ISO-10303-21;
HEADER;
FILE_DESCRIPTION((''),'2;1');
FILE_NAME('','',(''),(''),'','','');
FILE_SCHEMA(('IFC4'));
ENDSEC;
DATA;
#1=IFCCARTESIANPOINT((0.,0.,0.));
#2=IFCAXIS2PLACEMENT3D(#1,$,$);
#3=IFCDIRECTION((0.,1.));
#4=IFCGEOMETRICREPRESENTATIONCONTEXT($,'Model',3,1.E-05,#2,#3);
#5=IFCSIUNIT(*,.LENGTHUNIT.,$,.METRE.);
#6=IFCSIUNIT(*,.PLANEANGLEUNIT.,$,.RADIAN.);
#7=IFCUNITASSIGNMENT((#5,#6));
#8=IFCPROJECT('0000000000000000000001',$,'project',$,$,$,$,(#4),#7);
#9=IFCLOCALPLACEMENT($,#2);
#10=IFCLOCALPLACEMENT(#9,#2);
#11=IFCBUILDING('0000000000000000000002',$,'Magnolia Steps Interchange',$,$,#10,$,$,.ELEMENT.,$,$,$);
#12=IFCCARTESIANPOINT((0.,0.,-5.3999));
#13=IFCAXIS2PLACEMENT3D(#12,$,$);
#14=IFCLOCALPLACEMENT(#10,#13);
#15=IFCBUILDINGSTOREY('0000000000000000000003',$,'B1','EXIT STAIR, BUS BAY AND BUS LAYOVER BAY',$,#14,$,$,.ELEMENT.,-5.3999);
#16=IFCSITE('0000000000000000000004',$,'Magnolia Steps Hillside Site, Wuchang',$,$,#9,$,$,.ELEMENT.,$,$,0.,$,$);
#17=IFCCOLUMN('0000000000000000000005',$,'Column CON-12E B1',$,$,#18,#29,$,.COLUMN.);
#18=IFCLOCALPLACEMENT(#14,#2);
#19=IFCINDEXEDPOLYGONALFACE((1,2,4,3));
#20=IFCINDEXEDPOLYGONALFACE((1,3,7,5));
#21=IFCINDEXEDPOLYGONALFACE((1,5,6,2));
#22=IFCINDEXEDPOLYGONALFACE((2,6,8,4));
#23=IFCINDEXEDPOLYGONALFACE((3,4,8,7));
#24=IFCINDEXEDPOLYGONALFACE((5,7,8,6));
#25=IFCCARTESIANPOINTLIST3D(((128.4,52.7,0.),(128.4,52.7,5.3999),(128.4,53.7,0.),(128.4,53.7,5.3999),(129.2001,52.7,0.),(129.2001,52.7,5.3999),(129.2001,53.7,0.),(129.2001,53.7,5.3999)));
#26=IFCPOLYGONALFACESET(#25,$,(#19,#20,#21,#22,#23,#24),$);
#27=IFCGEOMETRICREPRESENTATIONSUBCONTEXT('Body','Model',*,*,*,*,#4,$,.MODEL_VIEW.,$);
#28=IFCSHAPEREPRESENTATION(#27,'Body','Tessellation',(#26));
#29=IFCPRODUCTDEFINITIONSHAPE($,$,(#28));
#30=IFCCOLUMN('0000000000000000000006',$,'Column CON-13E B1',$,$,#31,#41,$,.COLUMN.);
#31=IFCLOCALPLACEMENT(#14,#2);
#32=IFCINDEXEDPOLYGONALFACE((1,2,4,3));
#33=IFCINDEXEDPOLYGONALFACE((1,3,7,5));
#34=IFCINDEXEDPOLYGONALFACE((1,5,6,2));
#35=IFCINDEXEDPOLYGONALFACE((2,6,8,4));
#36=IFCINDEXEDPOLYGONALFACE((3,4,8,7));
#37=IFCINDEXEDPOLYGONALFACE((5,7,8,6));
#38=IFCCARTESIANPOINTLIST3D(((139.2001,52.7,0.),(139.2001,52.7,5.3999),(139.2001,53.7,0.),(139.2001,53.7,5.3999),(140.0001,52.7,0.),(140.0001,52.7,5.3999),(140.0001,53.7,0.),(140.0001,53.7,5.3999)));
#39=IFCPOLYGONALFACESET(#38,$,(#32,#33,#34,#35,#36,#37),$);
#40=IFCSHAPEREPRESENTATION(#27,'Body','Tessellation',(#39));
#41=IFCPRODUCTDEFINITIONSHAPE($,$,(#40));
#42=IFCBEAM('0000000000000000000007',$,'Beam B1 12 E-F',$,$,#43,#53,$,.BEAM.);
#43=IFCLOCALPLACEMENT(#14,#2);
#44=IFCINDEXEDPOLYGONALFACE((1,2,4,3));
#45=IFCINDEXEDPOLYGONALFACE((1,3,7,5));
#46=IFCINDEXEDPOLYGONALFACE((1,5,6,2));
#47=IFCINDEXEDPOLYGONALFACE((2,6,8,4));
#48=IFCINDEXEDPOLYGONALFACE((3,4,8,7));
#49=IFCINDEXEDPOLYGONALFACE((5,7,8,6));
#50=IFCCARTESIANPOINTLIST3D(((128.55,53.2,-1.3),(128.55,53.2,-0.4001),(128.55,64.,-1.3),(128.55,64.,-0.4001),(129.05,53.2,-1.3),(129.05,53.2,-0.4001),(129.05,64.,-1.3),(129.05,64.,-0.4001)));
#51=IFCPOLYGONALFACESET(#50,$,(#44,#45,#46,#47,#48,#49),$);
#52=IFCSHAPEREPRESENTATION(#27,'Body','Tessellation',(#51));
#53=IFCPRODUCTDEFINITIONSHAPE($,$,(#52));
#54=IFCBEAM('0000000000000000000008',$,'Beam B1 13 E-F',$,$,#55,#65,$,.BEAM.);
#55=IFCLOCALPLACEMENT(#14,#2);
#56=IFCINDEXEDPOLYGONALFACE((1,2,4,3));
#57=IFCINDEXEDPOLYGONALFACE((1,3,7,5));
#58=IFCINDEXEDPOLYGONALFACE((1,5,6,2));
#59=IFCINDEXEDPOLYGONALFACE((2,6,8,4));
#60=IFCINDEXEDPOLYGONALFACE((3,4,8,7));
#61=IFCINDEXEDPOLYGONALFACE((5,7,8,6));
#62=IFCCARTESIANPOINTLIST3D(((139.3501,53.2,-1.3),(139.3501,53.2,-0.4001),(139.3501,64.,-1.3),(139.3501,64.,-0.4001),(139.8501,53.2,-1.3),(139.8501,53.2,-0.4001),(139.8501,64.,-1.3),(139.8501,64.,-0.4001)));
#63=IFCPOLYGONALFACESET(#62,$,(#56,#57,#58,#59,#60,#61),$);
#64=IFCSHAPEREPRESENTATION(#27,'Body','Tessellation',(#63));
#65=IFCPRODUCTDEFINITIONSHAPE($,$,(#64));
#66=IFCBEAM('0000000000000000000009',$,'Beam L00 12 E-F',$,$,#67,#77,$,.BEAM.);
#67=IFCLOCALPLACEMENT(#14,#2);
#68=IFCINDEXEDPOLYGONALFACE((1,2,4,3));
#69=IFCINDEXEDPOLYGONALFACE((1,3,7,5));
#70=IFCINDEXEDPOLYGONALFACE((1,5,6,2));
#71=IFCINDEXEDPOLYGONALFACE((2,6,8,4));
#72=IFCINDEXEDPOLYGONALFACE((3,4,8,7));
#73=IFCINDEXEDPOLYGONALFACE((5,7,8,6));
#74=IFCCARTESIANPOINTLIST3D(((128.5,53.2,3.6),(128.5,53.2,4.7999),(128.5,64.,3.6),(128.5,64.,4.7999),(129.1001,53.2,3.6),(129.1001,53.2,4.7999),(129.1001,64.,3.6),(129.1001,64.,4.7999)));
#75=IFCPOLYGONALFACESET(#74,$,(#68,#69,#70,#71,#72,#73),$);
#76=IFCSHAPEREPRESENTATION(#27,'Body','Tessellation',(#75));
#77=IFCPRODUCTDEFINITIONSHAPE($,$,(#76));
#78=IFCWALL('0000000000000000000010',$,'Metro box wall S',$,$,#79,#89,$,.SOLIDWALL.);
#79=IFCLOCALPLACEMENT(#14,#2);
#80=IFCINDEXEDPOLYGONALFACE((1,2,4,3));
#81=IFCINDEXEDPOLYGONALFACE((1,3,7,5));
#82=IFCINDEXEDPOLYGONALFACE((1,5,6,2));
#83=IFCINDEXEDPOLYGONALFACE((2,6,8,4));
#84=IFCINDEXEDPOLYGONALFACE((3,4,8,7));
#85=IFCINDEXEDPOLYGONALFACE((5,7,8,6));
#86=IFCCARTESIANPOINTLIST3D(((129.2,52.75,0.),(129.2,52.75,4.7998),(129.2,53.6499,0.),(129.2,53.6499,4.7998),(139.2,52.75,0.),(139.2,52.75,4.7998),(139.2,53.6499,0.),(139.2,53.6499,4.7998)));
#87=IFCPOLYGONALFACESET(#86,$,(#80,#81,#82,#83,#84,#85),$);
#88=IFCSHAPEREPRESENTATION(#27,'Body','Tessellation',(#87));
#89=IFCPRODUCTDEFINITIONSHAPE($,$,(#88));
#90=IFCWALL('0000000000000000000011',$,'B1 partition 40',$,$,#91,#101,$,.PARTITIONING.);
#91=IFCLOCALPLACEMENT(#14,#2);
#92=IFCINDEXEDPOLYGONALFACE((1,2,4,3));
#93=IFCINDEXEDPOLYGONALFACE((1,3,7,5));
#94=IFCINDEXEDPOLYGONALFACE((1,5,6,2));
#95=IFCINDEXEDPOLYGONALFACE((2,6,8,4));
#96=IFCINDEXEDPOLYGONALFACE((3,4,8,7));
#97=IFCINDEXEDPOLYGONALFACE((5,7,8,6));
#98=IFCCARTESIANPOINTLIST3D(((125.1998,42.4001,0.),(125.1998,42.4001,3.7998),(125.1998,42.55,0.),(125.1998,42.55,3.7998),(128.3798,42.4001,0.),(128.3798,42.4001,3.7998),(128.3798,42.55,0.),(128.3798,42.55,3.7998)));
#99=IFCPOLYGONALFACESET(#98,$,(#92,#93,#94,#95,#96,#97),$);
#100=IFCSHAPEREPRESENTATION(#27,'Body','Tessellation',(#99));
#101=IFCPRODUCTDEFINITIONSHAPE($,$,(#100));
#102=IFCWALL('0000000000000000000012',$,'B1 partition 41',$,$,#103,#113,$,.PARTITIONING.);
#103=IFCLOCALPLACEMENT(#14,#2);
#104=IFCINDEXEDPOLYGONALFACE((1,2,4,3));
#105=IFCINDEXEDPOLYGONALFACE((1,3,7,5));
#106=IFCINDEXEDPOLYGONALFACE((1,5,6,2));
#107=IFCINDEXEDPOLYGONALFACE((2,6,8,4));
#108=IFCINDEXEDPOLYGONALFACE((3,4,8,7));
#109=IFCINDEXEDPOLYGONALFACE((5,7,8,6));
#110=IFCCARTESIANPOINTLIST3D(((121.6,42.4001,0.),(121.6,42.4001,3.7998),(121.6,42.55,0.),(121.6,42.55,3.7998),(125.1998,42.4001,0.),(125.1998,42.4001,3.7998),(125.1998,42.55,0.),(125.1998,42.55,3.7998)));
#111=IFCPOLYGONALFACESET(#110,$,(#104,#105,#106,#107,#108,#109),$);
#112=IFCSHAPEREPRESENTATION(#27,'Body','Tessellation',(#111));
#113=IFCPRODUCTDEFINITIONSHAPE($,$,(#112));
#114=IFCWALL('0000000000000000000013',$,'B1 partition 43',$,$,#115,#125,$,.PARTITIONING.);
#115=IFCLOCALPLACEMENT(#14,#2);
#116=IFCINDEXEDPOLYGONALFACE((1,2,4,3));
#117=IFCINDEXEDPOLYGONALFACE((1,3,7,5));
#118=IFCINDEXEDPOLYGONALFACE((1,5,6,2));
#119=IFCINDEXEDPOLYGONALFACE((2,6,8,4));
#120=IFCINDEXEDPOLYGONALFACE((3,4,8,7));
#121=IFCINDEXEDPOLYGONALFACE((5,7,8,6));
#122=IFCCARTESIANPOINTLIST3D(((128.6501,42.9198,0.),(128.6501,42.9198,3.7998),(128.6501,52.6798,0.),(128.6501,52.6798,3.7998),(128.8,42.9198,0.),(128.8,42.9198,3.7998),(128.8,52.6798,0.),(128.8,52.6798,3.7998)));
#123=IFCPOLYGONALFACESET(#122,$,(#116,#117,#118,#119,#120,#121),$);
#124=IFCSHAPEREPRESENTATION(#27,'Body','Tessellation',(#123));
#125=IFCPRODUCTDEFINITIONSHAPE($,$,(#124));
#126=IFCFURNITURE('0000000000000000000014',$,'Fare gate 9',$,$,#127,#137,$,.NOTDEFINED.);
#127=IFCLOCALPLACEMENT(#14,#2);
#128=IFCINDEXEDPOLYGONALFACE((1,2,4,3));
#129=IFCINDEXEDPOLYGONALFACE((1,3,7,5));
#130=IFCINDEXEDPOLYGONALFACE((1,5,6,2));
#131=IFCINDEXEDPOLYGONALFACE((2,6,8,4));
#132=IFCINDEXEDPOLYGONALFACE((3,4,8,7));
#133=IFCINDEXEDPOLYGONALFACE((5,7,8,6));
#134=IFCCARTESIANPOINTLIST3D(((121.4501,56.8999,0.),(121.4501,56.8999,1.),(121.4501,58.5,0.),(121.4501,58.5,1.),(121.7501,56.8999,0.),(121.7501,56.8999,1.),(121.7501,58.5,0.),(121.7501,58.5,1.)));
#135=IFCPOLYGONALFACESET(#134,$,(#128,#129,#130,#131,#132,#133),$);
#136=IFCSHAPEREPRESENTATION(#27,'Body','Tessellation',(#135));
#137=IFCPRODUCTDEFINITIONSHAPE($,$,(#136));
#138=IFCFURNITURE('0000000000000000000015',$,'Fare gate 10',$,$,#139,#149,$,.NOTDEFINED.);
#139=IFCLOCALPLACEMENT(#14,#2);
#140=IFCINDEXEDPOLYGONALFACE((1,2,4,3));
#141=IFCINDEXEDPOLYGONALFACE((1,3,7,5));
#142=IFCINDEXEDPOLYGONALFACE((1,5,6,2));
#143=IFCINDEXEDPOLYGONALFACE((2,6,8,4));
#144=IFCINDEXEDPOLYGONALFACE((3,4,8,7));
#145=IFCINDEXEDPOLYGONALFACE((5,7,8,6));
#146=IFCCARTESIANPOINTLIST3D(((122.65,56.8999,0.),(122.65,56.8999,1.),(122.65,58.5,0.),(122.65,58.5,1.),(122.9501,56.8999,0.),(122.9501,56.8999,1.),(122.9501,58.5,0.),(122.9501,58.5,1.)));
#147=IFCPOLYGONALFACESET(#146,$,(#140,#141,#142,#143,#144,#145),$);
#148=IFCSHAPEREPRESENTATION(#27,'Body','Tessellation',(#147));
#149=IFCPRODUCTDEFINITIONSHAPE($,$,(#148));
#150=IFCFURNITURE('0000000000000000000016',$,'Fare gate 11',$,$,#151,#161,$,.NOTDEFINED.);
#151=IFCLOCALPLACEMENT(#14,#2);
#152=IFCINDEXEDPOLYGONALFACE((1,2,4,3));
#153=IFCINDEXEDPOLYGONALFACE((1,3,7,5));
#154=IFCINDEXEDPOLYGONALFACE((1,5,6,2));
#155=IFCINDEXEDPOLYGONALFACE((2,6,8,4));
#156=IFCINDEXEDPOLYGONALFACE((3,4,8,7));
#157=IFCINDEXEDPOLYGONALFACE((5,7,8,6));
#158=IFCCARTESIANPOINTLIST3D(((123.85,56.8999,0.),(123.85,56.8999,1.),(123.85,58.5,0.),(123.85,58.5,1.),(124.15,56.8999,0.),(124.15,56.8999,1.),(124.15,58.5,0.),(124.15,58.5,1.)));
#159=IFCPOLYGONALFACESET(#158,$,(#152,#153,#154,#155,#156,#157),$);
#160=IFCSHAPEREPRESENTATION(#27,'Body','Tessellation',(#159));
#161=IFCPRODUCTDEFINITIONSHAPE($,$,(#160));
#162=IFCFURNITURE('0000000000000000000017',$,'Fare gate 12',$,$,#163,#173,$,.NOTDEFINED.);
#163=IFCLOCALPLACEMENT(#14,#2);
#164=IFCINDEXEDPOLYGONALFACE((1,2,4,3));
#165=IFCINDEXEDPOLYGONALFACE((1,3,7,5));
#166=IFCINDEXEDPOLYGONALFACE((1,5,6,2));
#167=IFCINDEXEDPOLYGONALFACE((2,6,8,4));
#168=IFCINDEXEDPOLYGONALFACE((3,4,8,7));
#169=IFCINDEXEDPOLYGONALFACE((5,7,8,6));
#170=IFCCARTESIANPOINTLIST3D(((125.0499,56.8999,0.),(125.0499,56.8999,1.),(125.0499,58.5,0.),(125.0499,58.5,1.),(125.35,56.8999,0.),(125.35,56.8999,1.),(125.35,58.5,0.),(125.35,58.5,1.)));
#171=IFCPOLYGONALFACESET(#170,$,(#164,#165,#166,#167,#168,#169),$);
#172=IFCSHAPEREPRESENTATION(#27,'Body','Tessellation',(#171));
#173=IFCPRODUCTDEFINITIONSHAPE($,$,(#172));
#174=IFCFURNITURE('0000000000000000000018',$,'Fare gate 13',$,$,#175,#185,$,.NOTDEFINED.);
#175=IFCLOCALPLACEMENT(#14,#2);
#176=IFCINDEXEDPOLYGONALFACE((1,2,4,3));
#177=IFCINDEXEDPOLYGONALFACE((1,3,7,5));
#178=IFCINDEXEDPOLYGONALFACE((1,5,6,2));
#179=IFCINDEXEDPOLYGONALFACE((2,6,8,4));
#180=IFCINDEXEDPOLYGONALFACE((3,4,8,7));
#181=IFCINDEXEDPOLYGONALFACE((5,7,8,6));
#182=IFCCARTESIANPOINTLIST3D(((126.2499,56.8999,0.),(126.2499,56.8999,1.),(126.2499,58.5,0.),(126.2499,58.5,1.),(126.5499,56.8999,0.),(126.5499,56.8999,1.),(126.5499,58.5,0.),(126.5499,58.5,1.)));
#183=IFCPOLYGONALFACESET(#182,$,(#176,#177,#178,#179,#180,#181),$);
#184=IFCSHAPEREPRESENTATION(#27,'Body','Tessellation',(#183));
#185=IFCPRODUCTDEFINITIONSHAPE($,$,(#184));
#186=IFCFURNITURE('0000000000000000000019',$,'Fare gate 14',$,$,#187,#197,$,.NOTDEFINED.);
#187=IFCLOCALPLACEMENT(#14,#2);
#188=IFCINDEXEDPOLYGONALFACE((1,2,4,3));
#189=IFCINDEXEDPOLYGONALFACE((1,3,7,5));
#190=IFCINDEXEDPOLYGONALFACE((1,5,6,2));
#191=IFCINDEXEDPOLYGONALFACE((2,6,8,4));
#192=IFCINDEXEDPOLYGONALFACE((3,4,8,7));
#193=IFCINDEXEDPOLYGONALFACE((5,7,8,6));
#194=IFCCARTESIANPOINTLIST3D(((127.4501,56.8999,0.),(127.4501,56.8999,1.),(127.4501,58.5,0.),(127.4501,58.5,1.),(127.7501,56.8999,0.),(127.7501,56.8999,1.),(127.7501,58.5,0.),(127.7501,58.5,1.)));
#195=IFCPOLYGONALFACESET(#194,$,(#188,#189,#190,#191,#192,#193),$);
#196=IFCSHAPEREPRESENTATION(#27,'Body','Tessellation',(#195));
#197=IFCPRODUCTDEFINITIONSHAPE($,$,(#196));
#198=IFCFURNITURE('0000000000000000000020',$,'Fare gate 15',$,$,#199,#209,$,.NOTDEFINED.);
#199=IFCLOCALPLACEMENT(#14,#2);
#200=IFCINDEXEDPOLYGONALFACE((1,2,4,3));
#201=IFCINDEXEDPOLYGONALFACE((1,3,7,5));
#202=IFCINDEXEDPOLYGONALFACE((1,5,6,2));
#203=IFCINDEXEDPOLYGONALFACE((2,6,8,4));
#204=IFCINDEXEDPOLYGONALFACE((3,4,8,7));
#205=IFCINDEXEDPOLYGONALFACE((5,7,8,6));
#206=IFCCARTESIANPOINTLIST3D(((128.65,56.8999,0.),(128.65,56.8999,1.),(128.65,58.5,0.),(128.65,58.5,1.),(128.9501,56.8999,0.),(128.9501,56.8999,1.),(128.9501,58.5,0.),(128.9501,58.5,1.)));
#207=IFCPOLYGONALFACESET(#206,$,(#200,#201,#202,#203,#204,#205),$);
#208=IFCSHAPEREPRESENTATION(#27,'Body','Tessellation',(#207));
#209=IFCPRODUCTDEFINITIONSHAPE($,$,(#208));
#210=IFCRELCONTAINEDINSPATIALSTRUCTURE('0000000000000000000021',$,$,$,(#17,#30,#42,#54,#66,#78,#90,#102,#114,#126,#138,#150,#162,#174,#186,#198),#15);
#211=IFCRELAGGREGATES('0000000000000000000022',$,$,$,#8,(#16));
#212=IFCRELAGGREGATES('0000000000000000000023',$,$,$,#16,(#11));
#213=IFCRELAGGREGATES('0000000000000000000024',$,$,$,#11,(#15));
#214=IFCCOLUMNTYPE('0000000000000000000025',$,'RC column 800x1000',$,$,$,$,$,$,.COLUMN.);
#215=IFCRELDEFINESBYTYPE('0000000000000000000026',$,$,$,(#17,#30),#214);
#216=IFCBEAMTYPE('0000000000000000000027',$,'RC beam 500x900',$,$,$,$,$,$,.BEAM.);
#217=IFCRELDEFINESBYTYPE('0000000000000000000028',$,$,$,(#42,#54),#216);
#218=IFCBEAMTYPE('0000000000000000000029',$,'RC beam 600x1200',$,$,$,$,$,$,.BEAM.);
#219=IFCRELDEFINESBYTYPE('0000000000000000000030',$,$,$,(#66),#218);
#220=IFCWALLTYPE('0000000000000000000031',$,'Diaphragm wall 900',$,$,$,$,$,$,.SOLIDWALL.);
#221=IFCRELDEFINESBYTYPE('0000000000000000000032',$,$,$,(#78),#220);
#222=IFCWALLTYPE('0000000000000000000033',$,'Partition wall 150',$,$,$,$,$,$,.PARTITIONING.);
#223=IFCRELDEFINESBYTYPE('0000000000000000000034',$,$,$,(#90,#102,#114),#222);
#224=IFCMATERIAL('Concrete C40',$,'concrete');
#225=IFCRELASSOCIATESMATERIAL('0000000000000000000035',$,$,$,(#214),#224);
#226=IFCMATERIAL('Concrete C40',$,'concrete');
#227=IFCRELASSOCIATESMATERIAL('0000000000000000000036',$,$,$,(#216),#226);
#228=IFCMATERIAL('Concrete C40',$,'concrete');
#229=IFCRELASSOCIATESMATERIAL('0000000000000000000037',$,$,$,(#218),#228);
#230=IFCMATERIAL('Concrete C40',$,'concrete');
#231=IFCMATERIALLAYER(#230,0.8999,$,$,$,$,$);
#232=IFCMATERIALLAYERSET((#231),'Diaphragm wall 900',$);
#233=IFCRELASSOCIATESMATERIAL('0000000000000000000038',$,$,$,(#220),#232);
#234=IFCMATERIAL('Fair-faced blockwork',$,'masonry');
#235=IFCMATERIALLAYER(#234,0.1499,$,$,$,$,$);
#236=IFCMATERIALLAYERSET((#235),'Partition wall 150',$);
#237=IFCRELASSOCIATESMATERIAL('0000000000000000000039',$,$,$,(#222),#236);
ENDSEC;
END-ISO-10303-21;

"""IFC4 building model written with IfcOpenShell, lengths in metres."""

from ifc_helpers import new_model, si_unit, direction, frame, frame_2d, origin, origin_2d, place, context, subcontext, project, spatial, rectangle, extrude, material, layer, layer_set, material_profile, profile_set, type_object, element, save


model = new_model("IFC4")

# Units and contexts
model_context = context("Model", 3, precision=1e-05, world=origin(), true_north=direction((0.0, 1.0)))
body_context = subcontext(model_context, "Body", "Model", "MODEL_VIEW")
ifc_project = project(units=[si_unit("LENGTHUNIT", "METRE"), si_unit("PLANEANGLEUNIT", "RADIAN")], contexts=[model_context])

# Site, building, storey
site_placement = place(None, origin())
site = spatial("IfcSite", under=ifc_project, at=site_placement, Name="Magnolia Steps Hillside Site, Wuchang", CompositionType="ELEMENT", RefElevation=0.0)
building_placement = place(site_placement, origin())
building = spatial("IfcBuilding", under=site, at=building_placement, Name="Magnolia Steps Interchange", CompositionType="ELEMENT")
storey_placement = place(building_placement, frame((0.0, 0.0, -5.3999)))
storey = spatial("IfcBuildingStorey", under=building, at=storey_placement, Name="B1", Description="EXIT STAIR, BUS BAY AND BUS LAYOVER BAY", CompositionType="ELEMENT", Elevation=-5.3999)

# Columns
ifc_material_1 = material(Name="Concrete C40", Category="concrete")
ifc_material_profile_1 = material_profile(ifc_material_1, rectangle(XDim=0.8, YDim=1.0, at=origin_2d()), Name="RC800x1000")
ifc_profile_set_1 = profile_set([ifc_material_profile_1], Name="Concrete C40")
column_type = type_object("IfcColumnType", Name="RC column 800x1000", PredefinedType="COLUMN", material=ifc_profile_set_1)
for number, where, z_axis, x_axis, name in (
    (1, (128.8, 53.2, 0.0), (0.0, 0.0, 1.0), (1.0, 0.0, 0.0), "Column CON-12E B1"),
    (2, (139.6001, 53.2, 0.0), (0.0, 0.0, 1.0), (1.0, 0.0, 0.0), "Column CON-13E B1"),
):
    element("IfcColumn", number, at=place(storey_placement, frame(where, z_axis=z_axis, x_axis=x_axis)), inside=storey, type_object=column_type, Name=name, PredefinedType="COLUMN", context=body_context, shape_type="SweptSolid", body=[
        extrude(rectangle(XDim=0.8, YDim=1.0, at=origin_2d()), origin(), (0.0, 0.0, 1.0), 5.3999),
    ])

# Beams
ifc_material_2 = material(Name="Concrete C40", Category="concrete")
ifc_material_profile_2 = material_profile(ifc_material_2, rectangle(XDim=0.5, YDim=0.8999, at=origin_2d()), Name="RC500x900")
ifc_profile_set_2 = profile_set([ifc_material_profile_2], Name="Concrete C40")
beam_type_1 = type_object("IfcBeamType", Name="RC beam 500x900", PredefinedType="BEAM", material=ifc_profile_set_2)
for number, where, z_axis, x_axis, name in (
    (3, (128.8, 53.2, -0.8501), (0.0, 1.0, 0.0), (-1.0, 0.0, 0.0), "Beam B1 12 E-F"),
    (4, (139.6001, 53.2, -0.8501), (0.0, 1.0, 0.0), (-1.0, 0.0, 0.0), "Beam B1 13 E-F"),
):
    element("IfcBeam", number, at=place(storey_placement, frame(where, z_axis=z_axis, x_axis=x_axis)), inside=storey, type_object=beam_type_1, Name=name, PredefinedType="BEAM", context=body_context, shape_type="SweptSolid", body=[
        extrude(rectangle(XDim=0.5, YDim=0.8999, at=origin_2d()), origin(), (0.0, 0.0, 1.0), 10.8),
    ])
ifc_material_3 = material(Name="Concrete C40", Category="concrete")
ifc_material_profile_3 = material_profile(ifc_material_3, rectangle(XDim=0.6001, YDim=1.2, at=origin_2d()), Name="RC600x1200")
ifc_profile_set_3 = profile_set([ifc_material_profile_3], Name="Concrete C40")
beam_type_2 = type_object("IfcBeamType", Name="RC beam 600x1200", PredefinedType="BEAM", material=ifc_profile_set_3)
beam_placement = place(storey_placement, frame((128.8, 53.2, 4.2), z_axis=(0.0, 1.0, 0.0), x_axis=(-1.0, 0.0, 0.0)))
element("IfcBeam", 5, at=beam_placement, inside=storey, type_object=beam_type_2, Name="Beam L00 12 E-F", PredefinedType="BEAM", context=body_context, shape_type="SweptSolid", body=[
    extrude(rectangle(XDim=0.6001, YDim=1.2, at=origin_2d()), origin(), (0.0, 0.0, 1.0), 10.8),
])

# Walls
ifc_material_4 = material(Name="Concrete C40", Category="concrete")
ifc_layer_1 = layer(ifc_material_4, 0.8999)
ifc_layer_set_1 = layer_set([ifc_layer_1], Name="Diaphragm wall 900")
wall_type_1 = type_object("IfcWallType", Name="Diaphragm wall 900", PredefinedType="SOLIDWALL", material=ifc_layer_set_1)
wall_1_placement = place(storey_placement, frame((129.2, 53.2, 0.0), z_axis=(0.0, 0.0, 1.0), x_axis=(1.0, 0.0, 0.0)))
element("IfcWall", 6, at=wall_1_placement, inside=storey, type_object=wall_type_1, Name="Metro box wall S", PredefinedType="SOLIDWALL", context=body_context, shape_type="SweptSolid", body=[
    extrude(rectangle(XDim=10.0, YDim=0.8999, at=frame_2d((5.0, 0.0))), origin(), (0.0, 0.0, 1.0), 4.7998),
])
ifc_material_5 = material(Name="Fair-faced blockwork", Category="masonry")
ifc_layer_2 = layer(ifc_material_5, 0.1499)
ifc_layer_set_2 = layer_set([ifc_layer_2], Name="Partition wall 150")
wall_type_2 = type_object("IfcWallType", Name="Partition wall 150", PredefinedType="PARTITIONING", material=ifc_layer_set_2)
wall_2_placement = place(storey_placement, frame((125.2, 42.4751, 0.0), z_axis=(0.0, 0.0, 1.0), x_axis=(1.0, 0.0, 0.0)))
element("IfcWall", 7, at=wall_2_placement, inside=storey, type_object=wall_type_2, Name="B1 partition 40", PredefinedType="PARTITIONING", context=body_context, shape_type="SweptSolid", body=[
    extrude(rectangle(XDim=3.1799, YDim=0.1499, at=frame_2d((1.5898, 0.0))), origin(), (0.0, 0.0, 1.0), 3.7998),
])
wall_3_placement = place(storey_placement, frame((121.6001, 42.4751, 0.0), z_axis=(0.0, 0.0, 1.0), x_axis=(1.0, 0.0, 0.0)))
element("IfcWall", 8, at=wall_3_placement, inside=storey, type_object=wall_type_2, Name="B1 partition 41", PredefinedType="PARTITIONING", context=body_context, shape_type="SweptSolid", body=[
    extrude(rectangle(XDim=3.5999, YDim=0.1499, at=frame_2d((1.7998, 0.0))), origin(), (0.0, 0.0, 1.0), 3.7998),
])
wall_4_placement = place(storey_placement, frame((128.7251, 42.9199, 0.0), z_axis=(0.0, 0.0, 1.0), x_axis=(0.0, 1.0, 0.0)))
element("IfcWall", 9, at=wall_4_placement, inside=storey, type_object=wall_type_2, Name="B1 partition 43", PredefinedType="PARTITIONING", context=body_context, shape_type="SweptSolid", body=[
    extrude(rectangle(XDim=9.76, YDim=0.1499, at=frame_2d((4.8799, 0.0))), origin(), (0.0, 0.0, 1.0), 3.7998),
])

# Furniture
for number, where, z_axis, x_axis, name in (
    (10, (121.6001, 57.7, 0.0), (0.0, 0.0, 1.0), (1.0, 0.0, 0.0), "Fare gate 9"),
    (11, (122.8, 57.7, 0.0), (0.0, 0.0, 1.0), (1.0, 0.0, 0.0), "Fare gate 10"),
    (12, (124.0, 57.7, 0.0), (0.0, 0.0, 1.0), (1.0, 0.0, 0.0), "Fare gate 11"),
    (13, (125.2, 57.7, 0.0), (0.0, 0.0, 1.0), (1.0, 0.0, 0.0), "Fare gate 12"),
    (14, (126.3999, 57.7, 0.0), (0.0, 0.0, 1.0), (1.0, 0.0, 0.0), "Fare gate 13"),
    (15, (127.6001, 57.7, 0.0), (0.0, 0.0, 1.0), (1.0, 0.0, 0.0), "Fare gate 14"),
    (16, (128.8, 57.7, 0.0), (0.0, 0.0, 1.0), (1.0, 0.0, 0.0), "Fare gate 15"),
):
    element("IfcFurniture", number, at=place(storey_placement, frame(where, z_axis=z_axis, x_axis=x_axis)), inside=storey, Name=name, PredefinedType="NOTDEFINED", context=body_context, shape_type="SweptSolid", body=[
        extrude(rectangle(XDim=0.3, YDim=1.6001, at=origin_2d()), origin(), (0.0, 0.0, 1.0), 1.0),
    ])

save(model, "model.ifc")
